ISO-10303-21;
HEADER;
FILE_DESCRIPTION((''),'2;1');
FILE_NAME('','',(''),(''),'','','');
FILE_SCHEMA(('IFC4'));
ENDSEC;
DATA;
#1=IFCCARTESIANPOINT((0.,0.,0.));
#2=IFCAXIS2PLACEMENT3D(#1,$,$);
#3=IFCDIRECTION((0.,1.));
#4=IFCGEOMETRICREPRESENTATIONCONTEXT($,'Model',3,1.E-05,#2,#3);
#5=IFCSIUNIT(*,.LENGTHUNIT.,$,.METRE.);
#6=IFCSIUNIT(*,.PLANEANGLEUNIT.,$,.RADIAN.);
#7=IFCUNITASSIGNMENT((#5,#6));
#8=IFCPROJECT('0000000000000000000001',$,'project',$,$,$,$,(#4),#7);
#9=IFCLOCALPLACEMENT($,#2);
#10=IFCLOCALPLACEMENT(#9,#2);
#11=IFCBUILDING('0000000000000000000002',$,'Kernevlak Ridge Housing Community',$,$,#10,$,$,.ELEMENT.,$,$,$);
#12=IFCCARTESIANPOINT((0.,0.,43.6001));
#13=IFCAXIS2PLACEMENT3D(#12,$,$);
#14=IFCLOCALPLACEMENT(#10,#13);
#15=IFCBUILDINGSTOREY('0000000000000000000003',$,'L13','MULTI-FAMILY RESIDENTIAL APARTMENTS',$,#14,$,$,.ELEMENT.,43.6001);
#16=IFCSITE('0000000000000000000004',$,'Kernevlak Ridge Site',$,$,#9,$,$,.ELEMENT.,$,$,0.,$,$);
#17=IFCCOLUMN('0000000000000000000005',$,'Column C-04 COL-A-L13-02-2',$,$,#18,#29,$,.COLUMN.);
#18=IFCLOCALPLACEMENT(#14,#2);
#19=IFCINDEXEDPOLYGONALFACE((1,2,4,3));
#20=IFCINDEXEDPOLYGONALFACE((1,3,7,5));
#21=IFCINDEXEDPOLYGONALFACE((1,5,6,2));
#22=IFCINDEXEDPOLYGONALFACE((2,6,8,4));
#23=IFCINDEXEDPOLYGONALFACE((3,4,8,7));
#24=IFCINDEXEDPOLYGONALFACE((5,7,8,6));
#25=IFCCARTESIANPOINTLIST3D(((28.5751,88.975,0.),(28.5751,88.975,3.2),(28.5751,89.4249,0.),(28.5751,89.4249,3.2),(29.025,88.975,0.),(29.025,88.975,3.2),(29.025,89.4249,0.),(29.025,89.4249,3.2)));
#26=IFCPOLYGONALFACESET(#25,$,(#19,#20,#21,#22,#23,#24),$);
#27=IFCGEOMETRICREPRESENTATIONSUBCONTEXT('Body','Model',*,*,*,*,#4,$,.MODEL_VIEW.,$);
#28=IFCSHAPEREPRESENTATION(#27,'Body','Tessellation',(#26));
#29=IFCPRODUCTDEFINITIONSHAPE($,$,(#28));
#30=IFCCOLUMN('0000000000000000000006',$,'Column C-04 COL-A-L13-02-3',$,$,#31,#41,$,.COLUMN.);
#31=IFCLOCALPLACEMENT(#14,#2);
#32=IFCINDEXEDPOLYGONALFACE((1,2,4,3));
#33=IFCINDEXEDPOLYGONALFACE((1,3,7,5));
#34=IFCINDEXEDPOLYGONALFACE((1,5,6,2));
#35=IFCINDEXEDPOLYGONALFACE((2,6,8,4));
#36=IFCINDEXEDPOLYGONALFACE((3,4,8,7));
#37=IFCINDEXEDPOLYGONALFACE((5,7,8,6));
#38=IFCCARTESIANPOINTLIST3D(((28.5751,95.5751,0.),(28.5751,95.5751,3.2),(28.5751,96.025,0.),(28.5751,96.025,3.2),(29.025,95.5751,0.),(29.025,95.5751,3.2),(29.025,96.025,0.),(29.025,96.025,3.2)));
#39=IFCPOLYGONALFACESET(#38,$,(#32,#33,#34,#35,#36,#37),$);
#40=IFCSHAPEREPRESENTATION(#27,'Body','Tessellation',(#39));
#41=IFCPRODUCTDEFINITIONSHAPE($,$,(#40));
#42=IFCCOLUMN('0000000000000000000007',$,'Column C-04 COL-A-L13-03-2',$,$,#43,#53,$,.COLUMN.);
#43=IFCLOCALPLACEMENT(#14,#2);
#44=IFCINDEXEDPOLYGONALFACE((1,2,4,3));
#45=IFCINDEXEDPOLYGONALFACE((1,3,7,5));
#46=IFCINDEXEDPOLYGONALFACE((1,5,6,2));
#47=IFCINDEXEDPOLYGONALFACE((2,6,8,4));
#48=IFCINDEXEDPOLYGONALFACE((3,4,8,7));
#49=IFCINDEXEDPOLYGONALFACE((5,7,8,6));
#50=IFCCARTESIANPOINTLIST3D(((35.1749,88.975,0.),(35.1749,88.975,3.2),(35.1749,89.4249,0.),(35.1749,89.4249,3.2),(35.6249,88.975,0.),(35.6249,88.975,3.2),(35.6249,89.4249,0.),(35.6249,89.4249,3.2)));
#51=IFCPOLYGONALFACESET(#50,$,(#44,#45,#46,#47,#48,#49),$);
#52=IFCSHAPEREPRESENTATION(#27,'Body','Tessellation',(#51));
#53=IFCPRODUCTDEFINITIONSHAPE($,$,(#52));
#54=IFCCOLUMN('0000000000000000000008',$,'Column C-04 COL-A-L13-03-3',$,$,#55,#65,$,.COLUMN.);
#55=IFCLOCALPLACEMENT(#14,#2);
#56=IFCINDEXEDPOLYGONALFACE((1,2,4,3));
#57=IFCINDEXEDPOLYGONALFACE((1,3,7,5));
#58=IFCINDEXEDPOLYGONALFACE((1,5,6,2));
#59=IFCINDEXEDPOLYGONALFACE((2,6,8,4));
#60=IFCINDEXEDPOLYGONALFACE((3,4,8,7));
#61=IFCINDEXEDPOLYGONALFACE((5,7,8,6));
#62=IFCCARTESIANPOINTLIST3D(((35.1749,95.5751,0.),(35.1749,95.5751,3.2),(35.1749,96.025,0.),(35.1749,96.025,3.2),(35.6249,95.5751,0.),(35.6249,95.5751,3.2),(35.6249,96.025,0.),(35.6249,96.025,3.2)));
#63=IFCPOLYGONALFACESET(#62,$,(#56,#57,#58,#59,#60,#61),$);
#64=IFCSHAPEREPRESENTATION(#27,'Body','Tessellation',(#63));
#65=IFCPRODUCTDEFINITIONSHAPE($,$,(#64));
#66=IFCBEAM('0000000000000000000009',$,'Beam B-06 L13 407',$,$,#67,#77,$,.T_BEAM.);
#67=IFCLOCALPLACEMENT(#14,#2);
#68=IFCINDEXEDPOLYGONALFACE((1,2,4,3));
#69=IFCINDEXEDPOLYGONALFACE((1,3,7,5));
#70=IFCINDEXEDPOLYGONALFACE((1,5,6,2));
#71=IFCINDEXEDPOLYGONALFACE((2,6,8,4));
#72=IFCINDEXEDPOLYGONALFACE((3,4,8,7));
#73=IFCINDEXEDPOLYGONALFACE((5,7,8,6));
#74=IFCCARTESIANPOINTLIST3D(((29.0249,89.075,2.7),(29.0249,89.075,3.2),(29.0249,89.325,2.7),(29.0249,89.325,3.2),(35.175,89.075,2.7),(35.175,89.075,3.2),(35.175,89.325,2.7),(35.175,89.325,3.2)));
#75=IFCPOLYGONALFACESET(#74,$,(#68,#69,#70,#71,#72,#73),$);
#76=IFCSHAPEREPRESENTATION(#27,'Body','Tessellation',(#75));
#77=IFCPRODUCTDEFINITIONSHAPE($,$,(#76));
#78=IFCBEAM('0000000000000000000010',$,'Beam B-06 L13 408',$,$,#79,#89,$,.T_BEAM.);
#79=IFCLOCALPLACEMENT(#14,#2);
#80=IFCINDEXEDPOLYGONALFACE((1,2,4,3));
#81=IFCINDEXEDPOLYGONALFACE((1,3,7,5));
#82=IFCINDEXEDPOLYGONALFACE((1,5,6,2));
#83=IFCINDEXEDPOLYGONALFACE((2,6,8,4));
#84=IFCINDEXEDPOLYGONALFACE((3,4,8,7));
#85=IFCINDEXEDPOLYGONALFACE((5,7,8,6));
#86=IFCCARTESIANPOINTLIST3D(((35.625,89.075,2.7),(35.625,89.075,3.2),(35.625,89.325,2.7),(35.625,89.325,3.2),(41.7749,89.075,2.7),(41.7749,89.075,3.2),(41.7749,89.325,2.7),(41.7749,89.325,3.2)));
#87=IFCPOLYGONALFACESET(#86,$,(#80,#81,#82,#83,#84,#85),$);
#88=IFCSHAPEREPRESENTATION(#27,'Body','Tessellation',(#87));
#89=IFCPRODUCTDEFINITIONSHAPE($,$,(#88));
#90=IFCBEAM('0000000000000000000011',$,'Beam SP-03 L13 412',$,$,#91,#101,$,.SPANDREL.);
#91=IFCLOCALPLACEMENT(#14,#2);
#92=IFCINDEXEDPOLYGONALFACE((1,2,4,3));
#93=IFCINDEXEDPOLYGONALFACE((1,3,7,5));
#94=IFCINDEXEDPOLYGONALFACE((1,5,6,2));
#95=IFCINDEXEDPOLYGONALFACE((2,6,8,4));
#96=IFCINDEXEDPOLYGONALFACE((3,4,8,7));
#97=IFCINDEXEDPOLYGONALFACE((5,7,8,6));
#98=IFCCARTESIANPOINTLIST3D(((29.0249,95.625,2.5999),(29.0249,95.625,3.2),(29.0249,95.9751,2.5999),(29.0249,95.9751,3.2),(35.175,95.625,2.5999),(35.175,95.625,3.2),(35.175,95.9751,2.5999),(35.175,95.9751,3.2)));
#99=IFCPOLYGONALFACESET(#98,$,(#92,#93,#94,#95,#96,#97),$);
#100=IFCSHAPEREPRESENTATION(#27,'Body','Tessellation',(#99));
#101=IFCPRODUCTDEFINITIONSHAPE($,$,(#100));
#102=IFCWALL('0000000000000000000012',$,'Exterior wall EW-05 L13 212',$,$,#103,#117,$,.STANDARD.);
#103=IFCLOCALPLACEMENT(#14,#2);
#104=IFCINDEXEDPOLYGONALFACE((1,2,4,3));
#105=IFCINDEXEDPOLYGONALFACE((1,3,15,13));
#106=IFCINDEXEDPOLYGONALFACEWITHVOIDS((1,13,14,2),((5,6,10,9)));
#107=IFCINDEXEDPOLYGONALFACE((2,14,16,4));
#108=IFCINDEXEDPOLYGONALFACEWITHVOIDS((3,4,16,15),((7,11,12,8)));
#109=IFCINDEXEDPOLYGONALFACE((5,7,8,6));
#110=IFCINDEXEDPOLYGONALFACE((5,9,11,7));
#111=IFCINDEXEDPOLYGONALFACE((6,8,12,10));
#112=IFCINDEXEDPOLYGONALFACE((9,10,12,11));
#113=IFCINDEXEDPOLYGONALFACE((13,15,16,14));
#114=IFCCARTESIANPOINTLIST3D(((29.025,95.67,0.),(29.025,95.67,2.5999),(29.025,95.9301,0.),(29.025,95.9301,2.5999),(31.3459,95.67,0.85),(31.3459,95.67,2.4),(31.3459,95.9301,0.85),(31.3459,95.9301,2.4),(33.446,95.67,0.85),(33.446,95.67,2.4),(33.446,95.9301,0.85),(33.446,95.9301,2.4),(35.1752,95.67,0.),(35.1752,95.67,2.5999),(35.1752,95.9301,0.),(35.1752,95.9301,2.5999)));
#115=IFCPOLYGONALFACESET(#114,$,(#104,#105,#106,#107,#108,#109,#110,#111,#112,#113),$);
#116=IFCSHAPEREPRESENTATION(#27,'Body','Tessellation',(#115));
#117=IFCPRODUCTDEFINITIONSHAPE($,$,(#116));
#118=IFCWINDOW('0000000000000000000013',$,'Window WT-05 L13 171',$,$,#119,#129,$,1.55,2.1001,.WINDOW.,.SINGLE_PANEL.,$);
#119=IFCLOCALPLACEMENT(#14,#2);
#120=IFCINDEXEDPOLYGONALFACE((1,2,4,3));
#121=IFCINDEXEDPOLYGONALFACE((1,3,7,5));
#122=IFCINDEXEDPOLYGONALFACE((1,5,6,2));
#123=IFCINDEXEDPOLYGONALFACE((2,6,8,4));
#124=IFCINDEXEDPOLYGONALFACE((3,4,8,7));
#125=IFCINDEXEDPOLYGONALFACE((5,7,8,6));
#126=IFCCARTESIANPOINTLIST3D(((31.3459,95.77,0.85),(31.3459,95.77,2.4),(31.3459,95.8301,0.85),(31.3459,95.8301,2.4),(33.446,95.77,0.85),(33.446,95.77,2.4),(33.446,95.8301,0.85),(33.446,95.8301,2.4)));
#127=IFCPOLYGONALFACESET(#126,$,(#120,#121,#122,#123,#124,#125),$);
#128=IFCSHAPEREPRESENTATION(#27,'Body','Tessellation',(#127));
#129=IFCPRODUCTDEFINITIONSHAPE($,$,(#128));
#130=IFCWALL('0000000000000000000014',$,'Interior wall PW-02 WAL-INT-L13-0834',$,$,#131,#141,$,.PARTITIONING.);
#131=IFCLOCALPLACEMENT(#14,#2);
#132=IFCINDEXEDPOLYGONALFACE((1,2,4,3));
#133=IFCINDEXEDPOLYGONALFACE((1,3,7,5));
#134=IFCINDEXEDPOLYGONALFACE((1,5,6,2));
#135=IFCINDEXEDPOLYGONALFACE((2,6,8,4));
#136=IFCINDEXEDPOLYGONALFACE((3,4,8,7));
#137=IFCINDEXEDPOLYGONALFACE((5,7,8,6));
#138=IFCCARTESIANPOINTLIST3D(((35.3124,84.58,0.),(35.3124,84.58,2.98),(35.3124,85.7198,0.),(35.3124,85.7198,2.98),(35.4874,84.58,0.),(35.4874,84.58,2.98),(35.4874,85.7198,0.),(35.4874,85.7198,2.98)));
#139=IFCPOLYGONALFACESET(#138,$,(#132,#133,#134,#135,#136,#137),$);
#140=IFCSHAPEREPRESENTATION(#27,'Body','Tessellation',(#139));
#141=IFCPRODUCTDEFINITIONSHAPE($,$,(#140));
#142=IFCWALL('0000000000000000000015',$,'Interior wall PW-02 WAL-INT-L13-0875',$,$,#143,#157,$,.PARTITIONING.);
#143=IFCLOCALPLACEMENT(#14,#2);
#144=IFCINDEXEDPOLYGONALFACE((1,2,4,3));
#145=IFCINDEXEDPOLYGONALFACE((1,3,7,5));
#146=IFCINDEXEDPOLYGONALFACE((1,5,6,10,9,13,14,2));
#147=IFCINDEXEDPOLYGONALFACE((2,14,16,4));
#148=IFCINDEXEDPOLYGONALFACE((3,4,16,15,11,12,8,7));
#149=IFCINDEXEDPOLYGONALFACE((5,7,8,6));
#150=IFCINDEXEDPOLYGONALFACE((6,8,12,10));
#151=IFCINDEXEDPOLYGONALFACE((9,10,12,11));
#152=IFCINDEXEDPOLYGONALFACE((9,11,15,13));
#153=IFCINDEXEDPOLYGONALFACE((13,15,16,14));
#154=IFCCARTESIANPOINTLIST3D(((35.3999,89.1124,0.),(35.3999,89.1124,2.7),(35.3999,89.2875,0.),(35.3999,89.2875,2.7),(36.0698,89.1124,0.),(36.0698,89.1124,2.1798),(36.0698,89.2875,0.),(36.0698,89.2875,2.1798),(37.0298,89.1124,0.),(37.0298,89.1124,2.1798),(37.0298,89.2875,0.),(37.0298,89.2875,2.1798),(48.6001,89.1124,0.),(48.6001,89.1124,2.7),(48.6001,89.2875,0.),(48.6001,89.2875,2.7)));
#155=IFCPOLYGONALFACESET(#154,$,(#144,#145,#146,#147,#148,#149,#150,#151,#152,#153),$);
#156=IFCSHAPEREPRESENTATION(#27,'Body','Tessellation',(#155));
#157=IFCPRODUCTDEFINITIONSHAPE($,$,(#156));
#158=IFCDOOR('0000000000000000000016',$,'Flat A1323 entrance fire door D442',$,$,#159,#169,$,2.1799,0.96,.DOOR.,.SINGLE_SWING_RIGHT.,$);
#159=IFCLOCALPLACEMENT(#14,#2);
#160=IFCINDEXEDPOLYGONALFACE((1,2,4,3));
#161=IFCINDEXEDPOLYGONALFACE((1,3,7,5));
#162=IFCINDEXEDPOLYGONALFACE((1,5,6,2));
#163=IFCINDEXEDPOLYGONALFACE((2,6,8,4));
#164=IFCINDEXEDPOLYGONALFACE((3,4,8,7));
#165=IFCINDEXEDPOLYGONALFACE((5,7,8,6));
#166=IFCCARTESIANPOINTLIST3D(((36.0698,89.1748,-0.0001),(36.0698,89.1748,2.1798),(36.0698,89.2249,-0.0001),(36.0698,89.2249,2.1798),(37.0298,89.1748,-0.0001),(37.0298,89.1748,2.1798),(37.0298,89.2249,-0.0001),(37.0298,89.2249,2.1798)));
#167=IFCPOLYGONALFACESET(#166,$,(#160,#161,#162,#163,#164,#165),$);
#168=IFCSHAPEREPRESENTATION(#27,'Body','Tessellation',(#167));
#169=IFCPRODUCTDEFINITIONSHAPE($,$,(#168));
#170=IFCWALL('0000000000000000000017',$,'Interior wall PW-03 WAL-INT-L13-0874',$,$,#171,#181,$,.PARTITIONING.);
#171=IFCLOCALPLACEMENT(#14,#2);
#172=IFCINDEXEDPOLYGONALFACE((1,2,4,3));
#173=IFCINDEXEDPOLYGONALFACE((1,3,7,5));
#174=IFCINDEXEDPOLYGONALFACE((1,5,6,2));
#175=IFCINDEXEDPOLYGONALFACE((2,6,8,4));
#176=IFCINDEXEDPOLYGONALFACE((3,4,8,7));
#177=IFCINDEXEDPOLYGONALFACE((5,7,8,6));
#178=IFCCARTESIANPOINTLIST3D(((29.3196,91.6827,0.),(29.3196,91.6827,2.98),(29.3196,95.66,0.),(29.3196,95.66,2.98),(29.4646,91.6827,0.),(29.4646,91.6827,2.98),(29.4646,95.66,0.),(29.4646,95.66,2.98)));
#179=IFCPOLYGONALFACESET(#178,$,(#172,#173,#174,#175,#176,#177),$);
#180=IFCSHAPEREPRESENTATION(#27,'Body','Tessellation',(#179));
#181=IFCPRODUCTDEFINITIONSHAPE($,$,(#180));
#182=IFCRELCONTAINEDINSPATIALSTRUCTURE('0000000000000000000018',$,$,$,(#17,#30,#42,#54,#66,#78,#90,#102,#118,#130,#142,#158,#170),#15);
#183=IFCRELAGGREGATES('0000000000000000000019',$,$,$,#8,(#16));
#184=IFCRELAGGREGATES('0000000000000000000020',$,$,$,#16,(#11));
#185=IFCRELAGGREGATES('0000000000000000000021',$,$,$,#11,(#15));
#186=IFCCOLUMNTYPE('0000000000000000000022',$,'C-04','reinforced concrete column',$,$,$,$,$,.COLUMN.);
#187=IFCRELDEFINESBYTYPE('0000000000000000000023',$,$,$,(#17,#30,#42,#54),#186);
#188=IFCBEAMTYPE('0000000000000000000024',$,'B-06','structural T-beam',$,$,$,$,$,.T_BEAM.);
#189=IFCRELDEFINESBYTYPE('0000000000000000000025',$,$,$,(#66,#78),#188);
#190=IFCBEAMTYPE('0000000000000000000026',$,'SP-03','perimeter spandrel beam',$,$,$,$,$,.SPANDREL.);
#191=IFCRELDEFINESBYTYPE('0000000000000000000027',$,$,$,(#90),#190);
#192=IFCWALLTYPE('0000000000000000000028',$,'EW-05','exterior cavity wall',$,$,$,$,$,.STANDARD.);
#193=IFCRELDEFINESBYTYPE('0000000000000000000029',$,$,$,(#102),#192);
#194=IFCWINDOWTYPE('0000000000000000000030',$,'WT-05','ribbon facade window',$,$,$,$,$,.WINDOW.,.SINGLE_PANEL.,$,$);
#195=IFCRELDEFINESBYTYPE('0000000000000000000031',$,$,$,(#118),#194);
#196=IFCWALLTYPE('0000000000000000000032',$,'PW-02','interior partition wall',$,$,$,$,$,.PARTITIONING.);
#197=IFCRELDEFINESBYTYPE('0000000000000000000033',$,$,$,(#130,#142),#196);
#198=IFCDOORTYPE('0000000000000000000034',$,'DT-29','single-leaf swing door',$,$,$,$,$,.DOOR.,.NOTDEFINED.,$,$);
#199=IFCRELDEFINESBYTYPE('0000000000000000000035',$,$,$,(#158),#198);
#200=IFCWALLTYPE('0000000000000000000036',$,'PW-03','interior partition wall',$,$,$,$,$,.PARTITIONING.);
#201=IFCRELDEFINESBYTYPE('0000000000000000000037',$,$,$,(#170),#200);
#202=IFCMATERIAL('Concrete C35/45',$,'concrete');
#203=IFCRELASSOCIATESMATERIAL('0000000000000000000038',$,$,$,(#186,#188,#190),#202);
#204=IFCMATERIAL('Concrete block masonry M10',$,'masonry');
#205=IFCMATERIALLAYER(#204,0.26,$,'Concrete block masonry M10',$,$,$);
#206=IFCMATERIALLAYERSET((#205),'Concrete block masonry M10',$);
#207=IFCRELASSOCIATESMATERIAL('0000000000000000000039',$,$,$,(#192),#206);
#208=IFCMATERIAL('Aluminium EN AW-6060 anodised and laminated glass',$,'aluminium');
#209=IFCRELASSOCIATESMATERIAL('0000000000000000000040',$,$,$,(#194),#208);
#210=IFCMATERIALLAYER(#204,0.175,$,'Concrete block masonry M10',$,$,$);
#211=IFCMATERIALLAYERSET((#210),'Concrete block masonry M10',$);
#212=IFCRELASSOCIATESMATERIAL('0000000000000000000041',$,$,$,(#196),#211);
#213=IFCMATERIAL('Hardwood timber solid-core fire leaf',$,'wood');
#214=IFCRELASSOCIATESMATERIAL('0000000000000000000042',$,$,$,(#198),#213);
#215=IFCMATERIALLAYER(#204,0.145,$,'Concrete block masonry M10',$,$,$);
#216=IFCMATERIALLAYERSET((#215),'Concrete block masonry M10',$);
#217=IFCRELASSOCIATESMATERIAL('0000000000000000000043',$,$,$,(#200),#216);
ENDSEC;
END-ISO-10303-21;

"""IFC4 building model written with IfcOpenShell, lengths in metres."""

from ifc_helpers import new_model, si_unit, direction, frame, frame_2d, origin, origin_2d, place, context, subcontext, project, spatial, rectangle, extrude, material, layer, layer_set, material_profile, profile_set, type_object, element, fill, save


model = new_model("IFC4")

# Units and contexts
model_context = context("Model", 3, precision=1e-05, world=origin(), true_north=direction((0.0, 1.0)))
body_context = subcontext(model_context, "Body", "Model", "MODEL_VIEW")
ifc_project = project(units=[si_unit("LENGTHUNIT", "METRE"), si_unit("PLANEANGLEUNIT", "RADIAN")], contexts=[model_context])

# Site, building, storey
site_placement = place(None, origin())
site = spatial("IfcSite", under=ifc_project, at=site_placement, Name="Kernevlak Ridge Site", CompositionType="ELEMENT", RefElevation=0.0)
building_placement = place(site_placement, origin())
building = spatial("IfcBuilding", under=site, at=building_placement, Name="Kernevlak Ridge Housing Community", CompositionType="ELEMENT")
storey_placement = place(building_placement, frame((0.0, 0.0, 43.6001)))
storey = spatial("IfcBuildingStorey", under=building, at=storey_placement, Name="L13", Description="MULTI-FAMILY RESIDENTIAL APARTMENTS", CompositionType="ELEMENT", Elevation=43.6001)

# Columns
ifc_material_1 = material(Name="Concrete C35/45", Category="concrete")
ifc_material_profile_1 = material_profile(ifc_material_1, rectangle(XDim=0.45, YDim=0.45, at=origin_2d()), Name="RC 450x450")
ifc_profile_set_1 = profile_set([ifc_material_profile_1], Name="Concrete C35/45")
column_type = type_object("IfcColumnType", Name="C-04", Description="reinforced concrete column", PredefinedType="COLUMN", material=ifc_profile_set_1)
for number, where, z_axis, x_axis, name in (
    (1, (28.8, 89.2, 0.0), (0.0, 0.0, 1.0), (1.0, 0.0, 0.0), "Column C-04 COL-A-L13-02-2"),
    (2, (28.8, 95.8, 0.0), (0.0, 0.0, 1.0), (1.0, 0.0, 0.0), "Column C-04 COL-A-L13-02-3"),
    (3, (35.3999, 89.2, 0.0), (0.0, 0.0, 1.0), (1.0, 0.0, 0.0), "Column C-04 COL-A-L13-03-2"),
    (4, (35.3999, 95.8, 0.0), (0.0, 0.0, 1.0), (1.0, 0.0, 0.0), "Column C-04 COL-A-L13-03-3"),
):
    element("IfcColumn", number, at=place(storey_placement, frame(where, z_axis=z_axis, x_axis=x_axis)), inside=storey, type_object=column_type, Name=name, PredefinedType="COLUMN", context=body_context, shape_type="SweptSolid", body=[
        extrude(rectangle(XDim=0.45, YDim=0.45, at=origin_2d()), origin(), (0.0, 0.0, 1.0), 3.2),
    ])

# Beams
ifc_material_profile_2 = material_profile(ifc_material_1, rectangle(XDim=0.25, YDim=0.5, at=origin_2d()), Name="RC 250x500")
ifc_profile_set_2 = profile_set([ifc_material_profile_2], Name="Concrete C35/45")
beam_type_1 = type_object("IfcBeamType", Name="B-06", Description="structural T-beam", PredefinedType="T_BEAM", material=ifc_profile_set_2)
beam_1_placement = place(storey_placement, frame((29.0249, 89.2, 2.95), z_axis=(1.0, 0.0, 0.0), x_axis=(0.0, 1.0, 0.0)))
element("IfcBeam", 5, at=beam_1_placement, inside=storey, type_object=beam_type_1, Name="Beam B-06 L13 407", PredefinedType="T_BEAM", context=body_context, shape_type="SweptSolid", body=[
    extrude(rectangle(XDim=0.25, YDim=0.5, at=origin_2d()), origin(), (0.0, 0.0, 1.0), 6.1501),
])
beam_2_placement = place(storey_placement, frame((35.625, 89.2, 2.95), z_axis=(1.0, 0.0, 0.0), x_axis=(0.0, 1.0, 0.0)))
element("IfcBeam", 6, at=beam_2_placement, inside=storey, type_object=beam_type_1, Name="Beam B-06 L13 408", PredefinedType="T_BEAM", context=body_context, shape_type="SweptSolid", body=[
    extrude(rectangle(XDim=0.25, YDim=0.5, at=origin_2d()), origin(), (0.0, 0.0, 1.0), 6.1499),
])
ifc_material_profile_3 = material_profile(ifc_material_1, rectangle(XDim=0.3501, YDim=0.6001, at=origin_2d()), Name="RC 350x600")
ifc_profile_set_3 = profile_set([ifc_material_profile_3], Name="Concrete C35/45")
beam_type_2 = type_object("IfcBeamType", Name="SP-03", Description="perimeter spandrel beam", PredefinedType="SPANDREL", material=ifc_profile_set_3)
beam_3_placement = place(storey_placement, frame((29.0249, 95.8, 2.8999), z_axis=(1.0, 0.0, 0.0), x_axis=(0.0, 1.0, 0.0)))
element("IfcBeam", 7, at=beam_3_placement, inside=storey, type_object=beam_type_2, Name="Beam SP-03 L13 412", PredefinedType="SPANDREL", context=body_context, shape_type="SweptSolid", body=[
    extrude(rectangle(XDim=0.3501, YDim=0.6001, at=origin_2d()), origin(), (0.0, 0.0, 1.0), 6.1501),
])

# Wall, opening, window
ifc_material_2 = material(Name="Concrete block masonry M10", Category="masonry")
ifc_layer_1 = layer(ifc_material_2, 0.26, Name="Concrete block masonry M10")
ifc_layer_set_1 = layer_set([ifc_layer_1], Name="Concrete block masonry M10")
wall_type_1 = type_object("IfcWallType", Name="EW-05", Description="exterior cavity wall", PredefinedType="STANDARD", material=ifc_layer_set_1)
wall_1_placement = place(storey_placement, frame((29.0249, 95.8, 0.0), z_axis=(0.0, 0.0, 1.0), x_axis=(1.0, 0.0, 0.0)))
wall_1 = element("IfcWall", 8, at=wall_1_placement, inside=storey, type_object=wall_type_1, Name="Exterior wall EW-05 L13 212", PredefinedType="STANDARD", context=body_context, shape_type="SweptSolid", body=[
    extrude(rectangle(XDim=6.1501, YDim=0.26, at=frame_2d((3.0752, 0.0))), origin(), (0.0, 0.0, 1.0), 2.5999),
])
opening_1_placement = place(wall_1_placement, frame((2.321, 0.0, 0.8501)))
opening_1 = element("IfcOpeningElement", 9, at=opening_1_placement, cuts=wall_1, PredefinedType="OPENING", context=body_context, shape_type="SweptSolid", body=[
    extrude(rectangle(XDim=2.1001, YDim=1.55, at=frame_2d((1.05, 0.7749))), frame((0.0, 0.1399, 0.0), z_axis=(0.0, -1.0, 0.0), x_axis=(1.0, 0.0, 0.0)), (0.0, 0.0, 1.0), 0.28),
])
ifc_material_3 = material(Name="Aluminium EN AW-6060 anodised and laminated glass", Category="aluminium")
window_type = type_object("IfcWindowType", Name="WT-05", Description="ribbon facade window", PartitioningType="SINGLE_PANEL", PredefinedType="WINDOW", material=ifc_material_3)
window_placement = place(opening_1_placement, origin())
window = element("IfcWindow", 10, at=window_placement, inside=storey, type_object=window_type, Name="Window WT-05 L13 171", OverallHeight=1.55, OverallWidth=2.1001, PartitioningType="SINGLE_PANEL", PredefinedType="WINDOW", context=body_context, shape_type="SweptSolid", body=[
    extrude(rectangle(XDim=2.1001, YDim=1.55, at=frame_2d((1.05, 0.7749))), frame((0.0, 0.03, 0.0), z_axis=(0.0, -1.0, 0.0), x_axis=(1.0, 0.0, 0.0)), (0.0, 0.0, 1.0), 0.0601),
])
fill(opening_1, window)

# Wall
ifc_layer_2 = layer(ifc_material_2, 0.175, Name="Concrete block masonry M10")
ifc_layer_set_2 = layer_set([ifc_layer_2], Name="Concrete block masonry M10")
wall_type_2 = type_object("IfcWallType", Name="PW-02", Description="interior partition wall", PredefinedType="PARTITIONING", material=ifc_layer_set_2)
wall_2_placement = place(storey_placement, frame((35.3999, 84.5801, 0.0), z_axis=(0.0, 0.0, 1.0), x_axis=(0.0, 1.0, 0.0)))
element("IfcWall", 11, at=wall_2_placement, inside=storey, type_object=wall_type_2, Name="Interior wall PW-02 WAL-INT-L13-0834", PredefinedType="PARTITIONING", context=body_context, shape_type="SweptSolid", body=[
    extrude(rectangle(XDim=1.1399, YDim=0.175, at=frame_2d((0.5698, 0.0))), origin(), (0.0, 0.0, 1.0), 2.98),
])

# Wall, opening, door
wall_3_placement = place(storey_placement, frame((35.3999, 89.2, 0.0), z_axis=(0.0, 0.0, 1.0), x_axis=(1.0, 0.0, 0.0)))
wall_3 = element("IfcWall", 12, at=wall_3_placement, inside=storey, type_object=wall_type_2, Name="Interior wall PW-02 WAL-INT-L13-0875", PredefinedType="PARTITIONING", context=body_context, shape_type="SweptSolid", body=[
    extrude(rectangle(XDim=13.2002, YDim=0.175, at=frame_2d((6.6001, 0.0))), origin(), (0.0, 0.0, 1.0), 2.7),
])
opening_2_placement = place(wall_3_placement, frame((0.6699, 0.0, 0.0)))
opening_2 = element("IfcOpeningElement", 13, at=opening_2_placement, cuts=wall_3, PredefinedType="OPENING", context=body_context, shape_type="SweptSolid", body=[
    extrude(rectangle(XDim=0.96, YDim=2.1799, at=frame_2d((0.48, 1.0898))), frame((0.0, 0.0974, 0.0), z_axis=(0.0, -1.0, 0.0), x_axis=(1.0, 0.0, 0.0)), (0.0, 0.0, 1.0), 0.1951),
])
ifc_material_4 = material(Name="Hardwood timber solid-core fire leaf", Category="wood")
door_type_1 = type_object("IfcDoorType", Name="DT-29", Description="single-leaf swing door", OperationType="NOTDEFINED", PredefinedType="DOOR", material=ifc_material_4)
door_1_placement = place(opening_2_placement, origin())
door_1 = element("IfcDoor", 14, at=door_1_placement, inside=storey, type_object=door_type_1, Name="Flat A1323 entrance fire door D442", OperationType="SINGLE_SWING_RIGHT", OverallHeight=2.1799, OverallWidth=0.96, PredefinedType="DOOR", context=body_context, shape_type="SweptSolid", body=[
    extrude(rectangle(XDim=0.96, YDim=2.1799, at=frame_2d((0.48, 1.0898))), frame((0.0, 0.0249, 0.0), z_axis=(0.0, -1.0, 0.0), x_axis=(1.0, 0.0, 0.0)), (0.0, 0.0, 1.0), 0.05),
])
fill(opening_2, door_1)

# Wall
ifc_layer_3 = layer(ifc_material_2, 0.145, Name="Concrete block masonry M10")
ifc_layer_set_3 = layer_set([ifc_layer_3], Name="Concrete block masonry M10")
wall_type_3 = type_object("IfcWallType", Name="PW-03", Description="interior partition wall", PredefinedType="PARTITIONING", material=ifc_layer_set_3)
wall_4_placement = place(storey_placement, frame((29.3921, 91.6826, 0.0), z_axis=(0.0, 0.0, 1.0), x_axis=(0.0, 1.0, 0.0)))
element("IfcWall", 15, at=wall_4_placement, inside=storey, type_object=wall_type_3, Name="Interior wall PW-03 WAL-INT-L13-0874", PredefinedType="PARTITIONING", context=body_context, shape_type="SweptSolid", body=[
    extrude(rectangle(XDim=3.9773, YDim=0.145, at=frame_2d((1.9888, 0.0))), origin(), (0.0, 0.0, 1.0), 2.98),
])

save(model, "model.ifc")
